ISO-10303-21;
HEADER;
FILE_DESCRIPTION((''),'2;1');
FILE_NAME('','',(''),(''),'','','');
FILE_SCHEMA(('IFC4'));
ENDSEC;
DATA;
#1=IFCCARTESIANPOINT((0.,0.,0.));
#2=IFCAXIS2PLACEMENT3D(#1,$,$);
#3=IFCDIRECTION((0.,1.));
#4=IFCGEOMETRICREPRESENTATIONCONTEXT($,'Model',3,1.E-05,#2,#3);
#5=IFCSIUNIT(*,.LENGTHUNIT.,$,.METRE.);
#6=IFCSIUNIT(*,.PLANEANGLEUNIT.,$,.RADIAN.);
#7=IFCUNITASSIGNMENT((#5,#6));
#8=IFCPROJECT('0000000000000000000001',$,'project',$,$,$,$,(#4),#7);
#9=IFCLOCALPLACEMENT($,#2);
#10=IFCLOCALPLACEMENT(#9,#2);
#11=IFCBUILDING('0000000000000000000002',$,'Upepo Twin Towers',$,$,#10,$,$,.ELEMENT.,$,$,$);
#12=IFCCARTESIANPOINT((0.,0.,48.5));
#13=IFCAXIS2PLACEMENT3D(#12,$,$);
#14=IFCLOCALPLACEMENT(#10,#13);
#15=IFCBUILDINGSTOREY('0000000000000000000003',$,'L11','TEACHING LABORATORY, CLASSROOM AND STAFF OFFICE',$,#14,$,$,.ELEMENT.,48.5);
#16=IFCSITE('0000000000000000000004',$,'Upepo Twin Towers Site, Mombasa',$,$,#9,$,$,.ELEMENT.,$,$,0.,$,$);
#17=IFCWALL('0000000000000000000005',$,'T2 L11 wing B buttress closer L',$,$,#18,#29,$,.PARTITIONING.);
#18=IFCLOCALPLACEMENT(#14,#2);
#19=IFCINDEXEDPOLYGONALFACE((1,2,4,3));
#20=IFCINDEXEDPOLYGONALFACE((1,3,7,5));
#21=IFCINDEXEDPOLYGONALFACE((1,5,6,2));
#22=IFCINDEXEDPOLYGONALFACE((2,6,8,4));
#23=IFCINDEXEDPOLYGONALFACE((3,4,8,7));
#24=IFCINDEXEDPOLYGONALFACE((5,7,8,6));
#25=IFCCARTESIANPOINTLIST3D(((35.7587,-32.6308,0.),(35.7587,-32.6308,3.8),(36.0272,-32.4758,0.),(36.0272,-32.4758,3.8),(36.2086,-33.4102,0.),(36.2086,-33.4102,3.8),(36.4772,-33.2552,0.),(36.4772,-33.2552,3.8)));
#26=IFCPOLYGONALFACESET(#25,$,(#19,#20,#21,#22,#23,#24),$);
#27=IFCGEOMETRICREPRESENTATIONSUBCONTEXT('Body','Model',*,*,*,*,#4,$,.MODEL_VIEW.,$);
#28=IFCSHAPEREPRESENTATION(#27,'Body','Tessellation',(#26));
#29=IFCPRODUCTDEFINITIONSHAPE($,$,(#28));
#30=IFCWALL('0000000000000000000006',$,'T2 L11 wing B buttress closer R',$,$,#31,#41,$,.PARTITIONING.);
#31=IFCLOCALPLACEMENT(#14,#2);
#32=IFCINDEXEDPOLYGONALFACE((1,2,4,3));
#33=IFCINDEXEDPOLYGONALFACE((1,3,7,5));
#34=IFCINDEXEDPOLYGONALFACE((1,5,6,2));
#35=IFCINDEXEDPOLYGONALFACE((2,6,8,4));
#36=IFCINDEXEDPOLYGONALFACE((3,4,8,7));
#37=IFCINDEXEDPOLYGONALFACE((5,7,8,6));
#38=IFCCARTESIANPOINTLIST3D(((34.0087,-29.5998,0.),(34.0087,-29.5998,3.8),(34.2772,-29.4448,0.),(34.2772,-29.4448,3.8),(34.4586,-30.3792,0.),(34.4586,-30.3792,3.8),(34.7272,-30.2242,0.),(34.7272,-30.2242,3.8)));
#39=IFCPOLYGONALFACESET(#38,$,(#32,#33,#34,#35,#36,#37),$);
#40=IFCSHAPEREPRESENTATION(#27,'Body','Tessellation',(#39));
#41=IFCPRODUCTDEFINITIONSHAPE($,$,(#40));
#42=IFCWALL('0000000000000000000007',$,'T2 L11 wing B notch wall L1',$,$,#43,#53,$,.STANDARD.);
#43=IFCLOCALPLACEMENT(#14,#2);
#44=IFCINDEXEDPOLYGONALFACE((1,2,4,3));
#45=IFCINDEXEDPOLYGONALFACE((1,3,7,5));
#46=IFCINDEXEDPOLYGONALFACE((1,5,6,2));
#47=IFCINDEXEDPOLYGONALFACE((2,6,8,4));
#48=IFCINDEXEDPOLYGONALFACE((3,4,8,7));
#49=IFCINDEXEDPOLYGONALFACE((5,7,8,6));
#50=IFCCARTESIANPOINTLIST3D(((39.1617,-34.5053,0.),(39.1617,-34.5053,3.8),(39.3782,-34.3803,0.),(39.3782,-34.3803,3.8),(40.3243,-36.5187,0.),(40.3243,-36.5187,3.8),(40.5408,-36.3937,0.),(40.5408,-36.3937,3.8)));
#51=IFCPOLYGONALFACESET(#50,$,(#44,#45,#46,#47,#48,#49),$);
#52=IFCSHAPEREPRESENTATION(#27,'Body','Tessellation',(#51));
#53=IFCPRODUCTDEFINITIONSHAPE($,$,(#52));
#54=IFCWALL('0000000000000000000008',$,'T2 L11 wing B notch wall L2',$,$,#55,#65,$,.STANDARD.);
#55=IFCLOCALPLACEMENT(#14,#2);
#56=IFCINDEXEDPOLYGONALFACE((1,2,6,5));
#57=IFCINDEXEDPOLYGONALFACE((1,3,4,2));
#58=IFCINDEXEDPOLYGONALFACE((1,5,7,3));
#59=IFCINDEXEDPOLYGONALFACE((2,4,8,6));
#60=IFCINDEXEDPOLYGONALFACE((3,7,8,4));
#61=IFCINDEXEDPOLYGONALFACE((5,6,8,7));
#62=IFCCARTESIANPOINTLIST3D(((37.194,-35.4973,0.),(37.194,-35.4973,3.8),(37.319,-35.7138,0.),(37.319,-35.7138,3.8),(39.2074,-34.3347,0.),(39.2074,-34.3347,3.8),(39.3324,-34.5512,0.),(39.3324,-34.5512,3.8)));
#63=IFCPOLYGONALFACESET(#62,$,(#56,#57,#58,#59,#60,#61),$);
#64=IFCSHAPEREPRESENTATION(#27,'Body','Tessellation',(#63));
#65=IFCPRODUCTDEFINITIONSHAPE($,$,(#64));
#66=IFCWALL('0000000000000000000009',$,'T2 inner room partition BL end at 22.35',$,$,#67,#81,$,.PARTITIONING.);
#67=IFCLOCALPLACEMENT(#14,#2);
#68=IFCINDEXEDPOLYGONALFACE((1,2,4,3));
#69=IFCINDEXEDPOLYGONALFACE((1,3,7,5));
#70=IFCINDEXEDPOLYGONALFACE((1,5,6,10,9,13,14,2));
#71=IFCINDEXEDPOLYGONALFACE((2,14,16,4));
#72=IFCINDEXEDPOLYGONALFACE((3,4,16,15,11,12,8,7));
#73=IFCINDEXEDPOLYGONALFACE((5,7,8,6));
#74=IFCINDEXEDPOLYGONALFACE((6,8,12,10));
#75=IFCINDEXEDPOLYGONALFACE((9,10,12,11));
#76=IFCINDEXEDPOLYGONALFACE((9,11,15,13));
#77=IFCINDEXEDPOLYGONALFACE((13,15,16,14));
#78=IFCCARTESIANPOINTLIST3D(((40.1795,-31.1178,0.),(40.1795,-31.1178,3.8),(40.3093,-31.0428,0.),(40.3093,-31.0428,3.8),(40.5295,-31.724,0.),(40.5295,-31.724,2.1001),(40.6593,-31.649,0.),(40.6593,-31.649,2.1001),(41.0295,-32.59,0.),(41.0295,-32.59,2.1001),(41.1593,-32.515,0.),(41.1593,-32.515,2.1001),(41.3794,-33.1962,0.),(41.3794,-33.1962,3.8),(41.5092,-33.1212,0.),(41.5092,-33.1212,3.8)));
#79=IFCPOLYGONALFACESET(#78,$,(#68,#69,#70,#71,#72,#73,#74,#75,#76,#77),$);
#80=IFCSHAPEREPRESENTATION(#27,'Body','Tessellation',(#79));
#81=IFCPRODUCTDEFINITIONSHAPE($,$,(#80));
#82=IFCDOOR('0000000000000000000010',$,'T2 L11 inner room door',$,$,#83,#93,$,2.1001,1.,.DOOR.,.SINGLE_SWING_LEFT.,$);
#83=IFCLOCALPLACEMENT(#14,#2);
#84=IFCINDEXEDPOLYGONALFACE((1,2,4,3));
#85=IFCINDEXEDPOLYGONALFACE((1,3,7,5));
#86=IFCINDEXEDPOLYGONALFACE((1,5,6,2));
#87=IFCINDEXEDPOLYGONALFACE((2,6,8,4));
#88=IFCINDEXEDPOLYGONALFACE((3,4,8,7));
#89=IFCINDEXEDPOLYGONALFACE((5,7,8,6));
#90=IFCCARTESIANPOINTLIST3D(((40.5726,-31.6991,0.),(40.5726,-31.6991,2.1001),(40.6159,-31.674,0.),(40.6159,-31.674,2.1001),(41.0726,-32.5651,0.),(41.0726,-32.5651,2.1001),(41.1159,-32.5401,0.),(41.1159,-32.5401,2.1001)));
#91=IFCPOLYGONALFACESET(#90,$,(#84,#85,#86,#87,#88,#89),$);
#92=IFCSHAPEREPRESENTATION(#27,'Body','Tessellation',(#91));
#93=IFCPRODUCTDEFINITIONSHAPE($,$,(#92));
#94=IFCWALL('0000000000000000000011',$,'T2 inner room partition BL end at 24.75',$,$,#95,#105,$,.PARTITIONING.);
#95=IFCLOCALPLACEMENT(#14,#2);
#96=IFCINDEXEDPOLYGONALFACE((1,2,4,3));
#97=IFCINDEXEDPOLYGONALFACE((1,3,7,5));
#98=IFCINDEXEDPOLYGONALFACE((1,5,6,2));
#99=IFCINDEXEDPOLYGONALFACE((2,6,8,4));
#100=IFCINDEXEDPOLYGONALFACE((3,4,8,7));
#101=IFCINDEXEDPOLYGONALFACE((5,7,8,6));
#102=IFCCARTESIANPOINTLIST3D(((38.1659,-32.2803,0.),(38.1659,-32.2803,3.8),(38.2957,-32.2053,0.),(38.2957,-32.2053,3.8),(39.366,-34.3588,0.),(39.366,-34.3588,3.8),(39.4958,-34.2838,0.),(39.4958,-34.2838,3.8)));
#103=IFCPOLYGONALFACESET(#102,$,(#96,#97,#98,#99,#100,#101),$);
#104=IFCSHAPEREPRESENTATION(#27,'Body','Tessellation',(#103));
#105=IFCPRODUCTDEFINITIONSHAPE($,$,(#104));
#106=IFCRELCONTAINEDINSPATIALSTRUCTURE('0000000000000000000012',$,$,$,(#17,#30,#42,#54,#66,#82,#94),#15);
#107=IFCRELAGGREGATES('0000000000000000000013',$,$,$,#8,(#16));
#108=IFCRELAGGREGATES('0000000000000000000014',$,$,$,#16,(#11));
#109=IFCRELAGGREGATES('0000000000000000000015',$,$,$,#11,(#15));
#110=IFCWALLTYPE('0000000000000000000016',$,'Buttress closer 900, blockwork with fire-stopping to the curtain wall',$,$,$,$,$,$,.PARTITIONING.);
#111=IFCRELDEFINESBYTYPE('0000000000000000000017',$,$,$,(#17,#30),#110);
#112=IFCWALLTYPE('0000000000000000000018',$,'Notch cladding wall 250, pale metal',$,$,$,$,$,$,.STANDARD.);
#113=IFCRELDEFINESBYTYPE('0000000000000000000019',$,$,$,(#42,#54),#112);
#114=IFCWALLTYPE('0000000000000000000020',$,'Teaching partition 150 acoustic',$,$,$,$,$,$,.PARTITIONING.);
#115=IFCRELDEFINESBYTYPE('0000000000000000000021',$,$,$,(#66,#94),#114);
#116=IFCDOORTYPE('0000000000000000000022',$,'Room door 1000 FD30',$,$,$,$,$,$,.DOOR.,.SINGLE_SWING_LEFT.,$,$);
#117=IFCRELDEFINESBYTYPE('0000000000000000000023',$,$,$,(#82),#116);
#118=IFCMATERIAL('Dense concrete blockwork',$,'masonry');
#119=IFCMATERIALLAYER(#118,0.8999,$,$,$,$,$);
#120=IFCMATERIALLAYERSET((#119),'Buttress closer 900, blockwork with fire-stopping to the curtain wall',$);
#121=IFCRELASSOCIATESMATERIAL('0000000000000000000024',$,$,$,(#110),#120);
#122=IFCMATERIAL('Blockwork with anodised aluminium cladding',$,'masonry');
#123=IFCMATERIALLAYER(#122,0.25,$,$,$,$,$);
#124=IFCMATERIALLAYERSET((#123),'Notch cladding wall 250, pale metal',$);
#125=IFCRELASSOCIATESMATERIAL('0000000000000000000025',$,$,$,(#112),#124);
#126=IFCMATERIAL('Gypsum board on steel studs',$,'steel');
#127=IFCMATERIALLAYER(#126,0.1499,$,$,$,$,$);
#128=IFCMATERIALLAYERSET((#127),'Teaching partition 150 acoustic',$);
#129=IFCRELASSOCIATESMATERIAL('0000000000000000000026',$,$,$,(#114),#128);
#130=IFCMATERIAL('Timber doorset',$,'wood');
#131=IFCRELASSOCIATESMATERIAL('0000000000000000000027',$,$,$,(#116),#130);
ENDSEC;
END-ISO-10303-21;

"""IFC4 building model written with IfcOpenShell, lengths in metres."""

from ifc_helpers import new_model, si_unit, direction, frame, frame_2d, origin, place, context, subcontext, project, spatial, rectangle, extrude, material, layer, layer_set, type_object, element, fill, save


model = new_model("IFC4")

# Units and contexts
model_context = context("Model", 3, precision=1e-05, world=origin(), true_north=direction((0.0, 1.0)))
body_context = subcontext(model_context, "Body", "Model", "MODEL_VIEW")
ifc_project = project(units=[si_unit("LENGTHUNIT", "METRE"), si_unit("PLANEANGLEUNIT", "RADIAN")], contexts=[model_context])

# Site, building, storey
site_placement = place(None, origin())
site = spatial("IfcSite", under=ifc_project, at=site_placement, Name="Upepo Twin Towers Site, Mombasa", CompositionType="ELEMENT", RefElevation=0.0)
building_placement = place(site_placement, origin())
building = spatial("IfcBuilding", under=site, at=building_placement, Name="Upepo Twin Towers", CompositionType="ELEMENT")
storey_placement = place(building_placement, frame((0.0, 0.0, 48.5)))
storey = spatial("IfcBuildingStorey", under=building, at=storey_placement, Name="L11", Description="TEACHING LABORATORY, CLASSROOM AND STAFF OFFICE", CompositionType="ELEMENT", Elevation=48.5)

# Walls
ifc_material_1 = material(Name="Dense concrete blockwork", Category="masonry")
ifc_layer_1 = layer(ifc_material_1, 0.8999)
ifc_layer_set_1 = layer_set([ifc_layer_1], Name="Buttress closer 900, blockwork with fire-stopping to the curtain wall")
wall_type_1 = type_object("IfcWallType", Name="Buttress closer 900, blockwork with fire-stopping to the curtain wall", PredefinedType="PARTITIONING", material=ifc_layer_set_1)
for number, where, z_axis, x_axis, name in (
    (1, (36.2522, -32.8655, 0.0), (0.0, 0.0, 1.0), (-0.866054, -0.49995, 0.0), "T2 L11 wing B buttress closer L"),
    (2, (34.5022, -29.8345, 0.0), (0.0, 0.0, 1.0), (-0.866054, -0.49995, 0.0), "T2 L11 wing B buttress closer R"),
):
    element("IfcWall", number, at=place(storey_placement, frame(where, z_axis=z_axis, x_axis=x_axis)), inside=storey, type_object=wall_type_1, Name=name, PredefinedType="PARTITIONING", context=body_context, shape_type="SweptSolid", body=[
        extrude(rectangle(XDim=0.3101, YDim=0.8999, at=frame_2d((0.155, 0.0))), origin(), (0.0, 0.0, 1.0), 3.8),
    ])
ifc_material_2 = material(Name="Blockwork with anodised aluminium cladding", Category="masonry")
ifc_layer_2 = layer(ifc_material_2, 0.25)
ifc_layer_set_2 = layer_set([ifc_layer_2], Name="Notch cladding wall 250, pale metal")
wall_type_2 = type_object("IfcWallType", Name="Notch cladding wall 250, pale metal", PredefinedType="STANDARD", material=ifc_layer_set_2)
for number, where, z_axis, x_axis, name in (
    (3, (40.4326, -36.4563, 0.0), (0.0, 0.0, 1.0), (-0.500047, 0.865998, 0.0), "T2 L11 wing B notch wall L1"),
    (4, (39.27, -34.4429, 0.0), (0.0, 0.0, 1.0), (-0.865998, -0.500047, 0.0), "T2 L11 wing B notch wall L2"),
):
    element("IfcWall", number, at=place(storey_placement, frame(where, z_axis=z_axis, x_axis=x_axis)), inside=storey, type_object=wall_type_2, Name=name, PredefinedType="STANDARD", context=body_context, shape_type="SweptSolid", body=[
        extrude(rectangle(XDim=2.325, YDim=0.25, at=frame_2d((1.1626, 0.0))), origin(), (0.0, 0.0, 1.0), 3.8),
    ])

# Wall, opening, door
ifc_material_3 = material(Name="Gypsum board on steel studs", Category="steel")
ifc_layer_3 = layer(ifc_material_3, 0.1499)
ifc_layer_set_3 = layer_set([ifc_layer_3], Name="Teaching partition 150 acoustic")
wall_type_3 = type_object("IfcWallType", Name="Teaching partition 150 acoustic", PredefinedType="PARTITIONING", material=ifc_layer_set_3)
wall_1_placement = place(storey_placement, frame((40.2444, -31.0803, 0.0), z_axis=(0.0, 0.0, 1.0), x_axis=(0.500001, -0.866025, 0.0)))
wall_1 = element("IfcWall", 5, at=wall_1_placement, inside=storey, type_object=wall_type_3, Name="T2 inner room partition BL end at 22.35", PredefinedType="PARTITIONING", context=body_context, shape_type="SweptSolid", body=[
    extrude(rectangle(XDim=2.3999, YDim=0.1499, at=frame_2d((1.2, 0.0))), origin(), (0.0, 0.0, 1.0), 3.8),
])
opening_placement = place(wall_1_placement, frame((0.7, 0.0, 0.0)))
opening = element("IfcOpeningElement", 6, at=opening_placement, cuts=wall_1, PredefinedType="OPENING", context=body_context, shape_type="SweptSolid", body=[
    extrude(rectangle(XDim=1.0, YDim=2.1001, at=frame_2d((0.5, 1.05))), frame((0.0, 0.085, 0.0), z_axis=(0.0, -1.0, 0.0), x_axis=(1.0, 0.0, 0.0)), (0.0, 0.0, 1.0), 0.1699),
])
ifc_material_4 = material(Name="Timber doorset", Category="wood")
door_type = type_object("IfcDoorType", Name="Room door 1000 FD30", OperationType="SINGLE_SWING_LEFT", PredefinedType="DOOR", material=ifc_material_4)
door_placement = place(opening_placement, origin())
door = element("IfcDoor", 7, at=door_placement, inside=storey, type_object=door_type, Name="T2 L11 inner room door", OperationType="SINGLE_SWING_LEFT", OverallHeight=2.1001, OverallWidth=1.0, PredefinedType="DOOR", context=body_context, shape_type="SweptSolid", body=[
    extrude(rectangle(XDim=1.0, YDim=2.1001, at=frame_2d((0.5, 1.05))), frame((0.0, 0.0249, 0.0), z_axis=(0.0, -1.0, 0.0), x_axis=(1.0, 0.0, 0.0)), (0.0, 0.0, 1.0), 0.05),
])
fill(opening, door)

# Wall
wall_2_placement = place(storey_placement, frame((38.2307, -32.2427, 0.0), z_axis=(0.0, 0.0, 1.0), x_axis=(0.500034, -0.866006, 0.0)))
element("IfcWall", 8, at=wall_2_placement, inside=storey, type_object=wall_type_3, Name="T2 inner room partition BL end at 24.75", PredefinedType="PARTITIONING", context=body_context, shape_type="SweptSolid", body=[
    extrude(rectangle(XDim=2.4001, YDim=0.1499, at=frame_2d((1.2002, 0.0))), origin(), (0.0, 0.0, 1.0), 3.8),
])

save(model, "model.ifc")
